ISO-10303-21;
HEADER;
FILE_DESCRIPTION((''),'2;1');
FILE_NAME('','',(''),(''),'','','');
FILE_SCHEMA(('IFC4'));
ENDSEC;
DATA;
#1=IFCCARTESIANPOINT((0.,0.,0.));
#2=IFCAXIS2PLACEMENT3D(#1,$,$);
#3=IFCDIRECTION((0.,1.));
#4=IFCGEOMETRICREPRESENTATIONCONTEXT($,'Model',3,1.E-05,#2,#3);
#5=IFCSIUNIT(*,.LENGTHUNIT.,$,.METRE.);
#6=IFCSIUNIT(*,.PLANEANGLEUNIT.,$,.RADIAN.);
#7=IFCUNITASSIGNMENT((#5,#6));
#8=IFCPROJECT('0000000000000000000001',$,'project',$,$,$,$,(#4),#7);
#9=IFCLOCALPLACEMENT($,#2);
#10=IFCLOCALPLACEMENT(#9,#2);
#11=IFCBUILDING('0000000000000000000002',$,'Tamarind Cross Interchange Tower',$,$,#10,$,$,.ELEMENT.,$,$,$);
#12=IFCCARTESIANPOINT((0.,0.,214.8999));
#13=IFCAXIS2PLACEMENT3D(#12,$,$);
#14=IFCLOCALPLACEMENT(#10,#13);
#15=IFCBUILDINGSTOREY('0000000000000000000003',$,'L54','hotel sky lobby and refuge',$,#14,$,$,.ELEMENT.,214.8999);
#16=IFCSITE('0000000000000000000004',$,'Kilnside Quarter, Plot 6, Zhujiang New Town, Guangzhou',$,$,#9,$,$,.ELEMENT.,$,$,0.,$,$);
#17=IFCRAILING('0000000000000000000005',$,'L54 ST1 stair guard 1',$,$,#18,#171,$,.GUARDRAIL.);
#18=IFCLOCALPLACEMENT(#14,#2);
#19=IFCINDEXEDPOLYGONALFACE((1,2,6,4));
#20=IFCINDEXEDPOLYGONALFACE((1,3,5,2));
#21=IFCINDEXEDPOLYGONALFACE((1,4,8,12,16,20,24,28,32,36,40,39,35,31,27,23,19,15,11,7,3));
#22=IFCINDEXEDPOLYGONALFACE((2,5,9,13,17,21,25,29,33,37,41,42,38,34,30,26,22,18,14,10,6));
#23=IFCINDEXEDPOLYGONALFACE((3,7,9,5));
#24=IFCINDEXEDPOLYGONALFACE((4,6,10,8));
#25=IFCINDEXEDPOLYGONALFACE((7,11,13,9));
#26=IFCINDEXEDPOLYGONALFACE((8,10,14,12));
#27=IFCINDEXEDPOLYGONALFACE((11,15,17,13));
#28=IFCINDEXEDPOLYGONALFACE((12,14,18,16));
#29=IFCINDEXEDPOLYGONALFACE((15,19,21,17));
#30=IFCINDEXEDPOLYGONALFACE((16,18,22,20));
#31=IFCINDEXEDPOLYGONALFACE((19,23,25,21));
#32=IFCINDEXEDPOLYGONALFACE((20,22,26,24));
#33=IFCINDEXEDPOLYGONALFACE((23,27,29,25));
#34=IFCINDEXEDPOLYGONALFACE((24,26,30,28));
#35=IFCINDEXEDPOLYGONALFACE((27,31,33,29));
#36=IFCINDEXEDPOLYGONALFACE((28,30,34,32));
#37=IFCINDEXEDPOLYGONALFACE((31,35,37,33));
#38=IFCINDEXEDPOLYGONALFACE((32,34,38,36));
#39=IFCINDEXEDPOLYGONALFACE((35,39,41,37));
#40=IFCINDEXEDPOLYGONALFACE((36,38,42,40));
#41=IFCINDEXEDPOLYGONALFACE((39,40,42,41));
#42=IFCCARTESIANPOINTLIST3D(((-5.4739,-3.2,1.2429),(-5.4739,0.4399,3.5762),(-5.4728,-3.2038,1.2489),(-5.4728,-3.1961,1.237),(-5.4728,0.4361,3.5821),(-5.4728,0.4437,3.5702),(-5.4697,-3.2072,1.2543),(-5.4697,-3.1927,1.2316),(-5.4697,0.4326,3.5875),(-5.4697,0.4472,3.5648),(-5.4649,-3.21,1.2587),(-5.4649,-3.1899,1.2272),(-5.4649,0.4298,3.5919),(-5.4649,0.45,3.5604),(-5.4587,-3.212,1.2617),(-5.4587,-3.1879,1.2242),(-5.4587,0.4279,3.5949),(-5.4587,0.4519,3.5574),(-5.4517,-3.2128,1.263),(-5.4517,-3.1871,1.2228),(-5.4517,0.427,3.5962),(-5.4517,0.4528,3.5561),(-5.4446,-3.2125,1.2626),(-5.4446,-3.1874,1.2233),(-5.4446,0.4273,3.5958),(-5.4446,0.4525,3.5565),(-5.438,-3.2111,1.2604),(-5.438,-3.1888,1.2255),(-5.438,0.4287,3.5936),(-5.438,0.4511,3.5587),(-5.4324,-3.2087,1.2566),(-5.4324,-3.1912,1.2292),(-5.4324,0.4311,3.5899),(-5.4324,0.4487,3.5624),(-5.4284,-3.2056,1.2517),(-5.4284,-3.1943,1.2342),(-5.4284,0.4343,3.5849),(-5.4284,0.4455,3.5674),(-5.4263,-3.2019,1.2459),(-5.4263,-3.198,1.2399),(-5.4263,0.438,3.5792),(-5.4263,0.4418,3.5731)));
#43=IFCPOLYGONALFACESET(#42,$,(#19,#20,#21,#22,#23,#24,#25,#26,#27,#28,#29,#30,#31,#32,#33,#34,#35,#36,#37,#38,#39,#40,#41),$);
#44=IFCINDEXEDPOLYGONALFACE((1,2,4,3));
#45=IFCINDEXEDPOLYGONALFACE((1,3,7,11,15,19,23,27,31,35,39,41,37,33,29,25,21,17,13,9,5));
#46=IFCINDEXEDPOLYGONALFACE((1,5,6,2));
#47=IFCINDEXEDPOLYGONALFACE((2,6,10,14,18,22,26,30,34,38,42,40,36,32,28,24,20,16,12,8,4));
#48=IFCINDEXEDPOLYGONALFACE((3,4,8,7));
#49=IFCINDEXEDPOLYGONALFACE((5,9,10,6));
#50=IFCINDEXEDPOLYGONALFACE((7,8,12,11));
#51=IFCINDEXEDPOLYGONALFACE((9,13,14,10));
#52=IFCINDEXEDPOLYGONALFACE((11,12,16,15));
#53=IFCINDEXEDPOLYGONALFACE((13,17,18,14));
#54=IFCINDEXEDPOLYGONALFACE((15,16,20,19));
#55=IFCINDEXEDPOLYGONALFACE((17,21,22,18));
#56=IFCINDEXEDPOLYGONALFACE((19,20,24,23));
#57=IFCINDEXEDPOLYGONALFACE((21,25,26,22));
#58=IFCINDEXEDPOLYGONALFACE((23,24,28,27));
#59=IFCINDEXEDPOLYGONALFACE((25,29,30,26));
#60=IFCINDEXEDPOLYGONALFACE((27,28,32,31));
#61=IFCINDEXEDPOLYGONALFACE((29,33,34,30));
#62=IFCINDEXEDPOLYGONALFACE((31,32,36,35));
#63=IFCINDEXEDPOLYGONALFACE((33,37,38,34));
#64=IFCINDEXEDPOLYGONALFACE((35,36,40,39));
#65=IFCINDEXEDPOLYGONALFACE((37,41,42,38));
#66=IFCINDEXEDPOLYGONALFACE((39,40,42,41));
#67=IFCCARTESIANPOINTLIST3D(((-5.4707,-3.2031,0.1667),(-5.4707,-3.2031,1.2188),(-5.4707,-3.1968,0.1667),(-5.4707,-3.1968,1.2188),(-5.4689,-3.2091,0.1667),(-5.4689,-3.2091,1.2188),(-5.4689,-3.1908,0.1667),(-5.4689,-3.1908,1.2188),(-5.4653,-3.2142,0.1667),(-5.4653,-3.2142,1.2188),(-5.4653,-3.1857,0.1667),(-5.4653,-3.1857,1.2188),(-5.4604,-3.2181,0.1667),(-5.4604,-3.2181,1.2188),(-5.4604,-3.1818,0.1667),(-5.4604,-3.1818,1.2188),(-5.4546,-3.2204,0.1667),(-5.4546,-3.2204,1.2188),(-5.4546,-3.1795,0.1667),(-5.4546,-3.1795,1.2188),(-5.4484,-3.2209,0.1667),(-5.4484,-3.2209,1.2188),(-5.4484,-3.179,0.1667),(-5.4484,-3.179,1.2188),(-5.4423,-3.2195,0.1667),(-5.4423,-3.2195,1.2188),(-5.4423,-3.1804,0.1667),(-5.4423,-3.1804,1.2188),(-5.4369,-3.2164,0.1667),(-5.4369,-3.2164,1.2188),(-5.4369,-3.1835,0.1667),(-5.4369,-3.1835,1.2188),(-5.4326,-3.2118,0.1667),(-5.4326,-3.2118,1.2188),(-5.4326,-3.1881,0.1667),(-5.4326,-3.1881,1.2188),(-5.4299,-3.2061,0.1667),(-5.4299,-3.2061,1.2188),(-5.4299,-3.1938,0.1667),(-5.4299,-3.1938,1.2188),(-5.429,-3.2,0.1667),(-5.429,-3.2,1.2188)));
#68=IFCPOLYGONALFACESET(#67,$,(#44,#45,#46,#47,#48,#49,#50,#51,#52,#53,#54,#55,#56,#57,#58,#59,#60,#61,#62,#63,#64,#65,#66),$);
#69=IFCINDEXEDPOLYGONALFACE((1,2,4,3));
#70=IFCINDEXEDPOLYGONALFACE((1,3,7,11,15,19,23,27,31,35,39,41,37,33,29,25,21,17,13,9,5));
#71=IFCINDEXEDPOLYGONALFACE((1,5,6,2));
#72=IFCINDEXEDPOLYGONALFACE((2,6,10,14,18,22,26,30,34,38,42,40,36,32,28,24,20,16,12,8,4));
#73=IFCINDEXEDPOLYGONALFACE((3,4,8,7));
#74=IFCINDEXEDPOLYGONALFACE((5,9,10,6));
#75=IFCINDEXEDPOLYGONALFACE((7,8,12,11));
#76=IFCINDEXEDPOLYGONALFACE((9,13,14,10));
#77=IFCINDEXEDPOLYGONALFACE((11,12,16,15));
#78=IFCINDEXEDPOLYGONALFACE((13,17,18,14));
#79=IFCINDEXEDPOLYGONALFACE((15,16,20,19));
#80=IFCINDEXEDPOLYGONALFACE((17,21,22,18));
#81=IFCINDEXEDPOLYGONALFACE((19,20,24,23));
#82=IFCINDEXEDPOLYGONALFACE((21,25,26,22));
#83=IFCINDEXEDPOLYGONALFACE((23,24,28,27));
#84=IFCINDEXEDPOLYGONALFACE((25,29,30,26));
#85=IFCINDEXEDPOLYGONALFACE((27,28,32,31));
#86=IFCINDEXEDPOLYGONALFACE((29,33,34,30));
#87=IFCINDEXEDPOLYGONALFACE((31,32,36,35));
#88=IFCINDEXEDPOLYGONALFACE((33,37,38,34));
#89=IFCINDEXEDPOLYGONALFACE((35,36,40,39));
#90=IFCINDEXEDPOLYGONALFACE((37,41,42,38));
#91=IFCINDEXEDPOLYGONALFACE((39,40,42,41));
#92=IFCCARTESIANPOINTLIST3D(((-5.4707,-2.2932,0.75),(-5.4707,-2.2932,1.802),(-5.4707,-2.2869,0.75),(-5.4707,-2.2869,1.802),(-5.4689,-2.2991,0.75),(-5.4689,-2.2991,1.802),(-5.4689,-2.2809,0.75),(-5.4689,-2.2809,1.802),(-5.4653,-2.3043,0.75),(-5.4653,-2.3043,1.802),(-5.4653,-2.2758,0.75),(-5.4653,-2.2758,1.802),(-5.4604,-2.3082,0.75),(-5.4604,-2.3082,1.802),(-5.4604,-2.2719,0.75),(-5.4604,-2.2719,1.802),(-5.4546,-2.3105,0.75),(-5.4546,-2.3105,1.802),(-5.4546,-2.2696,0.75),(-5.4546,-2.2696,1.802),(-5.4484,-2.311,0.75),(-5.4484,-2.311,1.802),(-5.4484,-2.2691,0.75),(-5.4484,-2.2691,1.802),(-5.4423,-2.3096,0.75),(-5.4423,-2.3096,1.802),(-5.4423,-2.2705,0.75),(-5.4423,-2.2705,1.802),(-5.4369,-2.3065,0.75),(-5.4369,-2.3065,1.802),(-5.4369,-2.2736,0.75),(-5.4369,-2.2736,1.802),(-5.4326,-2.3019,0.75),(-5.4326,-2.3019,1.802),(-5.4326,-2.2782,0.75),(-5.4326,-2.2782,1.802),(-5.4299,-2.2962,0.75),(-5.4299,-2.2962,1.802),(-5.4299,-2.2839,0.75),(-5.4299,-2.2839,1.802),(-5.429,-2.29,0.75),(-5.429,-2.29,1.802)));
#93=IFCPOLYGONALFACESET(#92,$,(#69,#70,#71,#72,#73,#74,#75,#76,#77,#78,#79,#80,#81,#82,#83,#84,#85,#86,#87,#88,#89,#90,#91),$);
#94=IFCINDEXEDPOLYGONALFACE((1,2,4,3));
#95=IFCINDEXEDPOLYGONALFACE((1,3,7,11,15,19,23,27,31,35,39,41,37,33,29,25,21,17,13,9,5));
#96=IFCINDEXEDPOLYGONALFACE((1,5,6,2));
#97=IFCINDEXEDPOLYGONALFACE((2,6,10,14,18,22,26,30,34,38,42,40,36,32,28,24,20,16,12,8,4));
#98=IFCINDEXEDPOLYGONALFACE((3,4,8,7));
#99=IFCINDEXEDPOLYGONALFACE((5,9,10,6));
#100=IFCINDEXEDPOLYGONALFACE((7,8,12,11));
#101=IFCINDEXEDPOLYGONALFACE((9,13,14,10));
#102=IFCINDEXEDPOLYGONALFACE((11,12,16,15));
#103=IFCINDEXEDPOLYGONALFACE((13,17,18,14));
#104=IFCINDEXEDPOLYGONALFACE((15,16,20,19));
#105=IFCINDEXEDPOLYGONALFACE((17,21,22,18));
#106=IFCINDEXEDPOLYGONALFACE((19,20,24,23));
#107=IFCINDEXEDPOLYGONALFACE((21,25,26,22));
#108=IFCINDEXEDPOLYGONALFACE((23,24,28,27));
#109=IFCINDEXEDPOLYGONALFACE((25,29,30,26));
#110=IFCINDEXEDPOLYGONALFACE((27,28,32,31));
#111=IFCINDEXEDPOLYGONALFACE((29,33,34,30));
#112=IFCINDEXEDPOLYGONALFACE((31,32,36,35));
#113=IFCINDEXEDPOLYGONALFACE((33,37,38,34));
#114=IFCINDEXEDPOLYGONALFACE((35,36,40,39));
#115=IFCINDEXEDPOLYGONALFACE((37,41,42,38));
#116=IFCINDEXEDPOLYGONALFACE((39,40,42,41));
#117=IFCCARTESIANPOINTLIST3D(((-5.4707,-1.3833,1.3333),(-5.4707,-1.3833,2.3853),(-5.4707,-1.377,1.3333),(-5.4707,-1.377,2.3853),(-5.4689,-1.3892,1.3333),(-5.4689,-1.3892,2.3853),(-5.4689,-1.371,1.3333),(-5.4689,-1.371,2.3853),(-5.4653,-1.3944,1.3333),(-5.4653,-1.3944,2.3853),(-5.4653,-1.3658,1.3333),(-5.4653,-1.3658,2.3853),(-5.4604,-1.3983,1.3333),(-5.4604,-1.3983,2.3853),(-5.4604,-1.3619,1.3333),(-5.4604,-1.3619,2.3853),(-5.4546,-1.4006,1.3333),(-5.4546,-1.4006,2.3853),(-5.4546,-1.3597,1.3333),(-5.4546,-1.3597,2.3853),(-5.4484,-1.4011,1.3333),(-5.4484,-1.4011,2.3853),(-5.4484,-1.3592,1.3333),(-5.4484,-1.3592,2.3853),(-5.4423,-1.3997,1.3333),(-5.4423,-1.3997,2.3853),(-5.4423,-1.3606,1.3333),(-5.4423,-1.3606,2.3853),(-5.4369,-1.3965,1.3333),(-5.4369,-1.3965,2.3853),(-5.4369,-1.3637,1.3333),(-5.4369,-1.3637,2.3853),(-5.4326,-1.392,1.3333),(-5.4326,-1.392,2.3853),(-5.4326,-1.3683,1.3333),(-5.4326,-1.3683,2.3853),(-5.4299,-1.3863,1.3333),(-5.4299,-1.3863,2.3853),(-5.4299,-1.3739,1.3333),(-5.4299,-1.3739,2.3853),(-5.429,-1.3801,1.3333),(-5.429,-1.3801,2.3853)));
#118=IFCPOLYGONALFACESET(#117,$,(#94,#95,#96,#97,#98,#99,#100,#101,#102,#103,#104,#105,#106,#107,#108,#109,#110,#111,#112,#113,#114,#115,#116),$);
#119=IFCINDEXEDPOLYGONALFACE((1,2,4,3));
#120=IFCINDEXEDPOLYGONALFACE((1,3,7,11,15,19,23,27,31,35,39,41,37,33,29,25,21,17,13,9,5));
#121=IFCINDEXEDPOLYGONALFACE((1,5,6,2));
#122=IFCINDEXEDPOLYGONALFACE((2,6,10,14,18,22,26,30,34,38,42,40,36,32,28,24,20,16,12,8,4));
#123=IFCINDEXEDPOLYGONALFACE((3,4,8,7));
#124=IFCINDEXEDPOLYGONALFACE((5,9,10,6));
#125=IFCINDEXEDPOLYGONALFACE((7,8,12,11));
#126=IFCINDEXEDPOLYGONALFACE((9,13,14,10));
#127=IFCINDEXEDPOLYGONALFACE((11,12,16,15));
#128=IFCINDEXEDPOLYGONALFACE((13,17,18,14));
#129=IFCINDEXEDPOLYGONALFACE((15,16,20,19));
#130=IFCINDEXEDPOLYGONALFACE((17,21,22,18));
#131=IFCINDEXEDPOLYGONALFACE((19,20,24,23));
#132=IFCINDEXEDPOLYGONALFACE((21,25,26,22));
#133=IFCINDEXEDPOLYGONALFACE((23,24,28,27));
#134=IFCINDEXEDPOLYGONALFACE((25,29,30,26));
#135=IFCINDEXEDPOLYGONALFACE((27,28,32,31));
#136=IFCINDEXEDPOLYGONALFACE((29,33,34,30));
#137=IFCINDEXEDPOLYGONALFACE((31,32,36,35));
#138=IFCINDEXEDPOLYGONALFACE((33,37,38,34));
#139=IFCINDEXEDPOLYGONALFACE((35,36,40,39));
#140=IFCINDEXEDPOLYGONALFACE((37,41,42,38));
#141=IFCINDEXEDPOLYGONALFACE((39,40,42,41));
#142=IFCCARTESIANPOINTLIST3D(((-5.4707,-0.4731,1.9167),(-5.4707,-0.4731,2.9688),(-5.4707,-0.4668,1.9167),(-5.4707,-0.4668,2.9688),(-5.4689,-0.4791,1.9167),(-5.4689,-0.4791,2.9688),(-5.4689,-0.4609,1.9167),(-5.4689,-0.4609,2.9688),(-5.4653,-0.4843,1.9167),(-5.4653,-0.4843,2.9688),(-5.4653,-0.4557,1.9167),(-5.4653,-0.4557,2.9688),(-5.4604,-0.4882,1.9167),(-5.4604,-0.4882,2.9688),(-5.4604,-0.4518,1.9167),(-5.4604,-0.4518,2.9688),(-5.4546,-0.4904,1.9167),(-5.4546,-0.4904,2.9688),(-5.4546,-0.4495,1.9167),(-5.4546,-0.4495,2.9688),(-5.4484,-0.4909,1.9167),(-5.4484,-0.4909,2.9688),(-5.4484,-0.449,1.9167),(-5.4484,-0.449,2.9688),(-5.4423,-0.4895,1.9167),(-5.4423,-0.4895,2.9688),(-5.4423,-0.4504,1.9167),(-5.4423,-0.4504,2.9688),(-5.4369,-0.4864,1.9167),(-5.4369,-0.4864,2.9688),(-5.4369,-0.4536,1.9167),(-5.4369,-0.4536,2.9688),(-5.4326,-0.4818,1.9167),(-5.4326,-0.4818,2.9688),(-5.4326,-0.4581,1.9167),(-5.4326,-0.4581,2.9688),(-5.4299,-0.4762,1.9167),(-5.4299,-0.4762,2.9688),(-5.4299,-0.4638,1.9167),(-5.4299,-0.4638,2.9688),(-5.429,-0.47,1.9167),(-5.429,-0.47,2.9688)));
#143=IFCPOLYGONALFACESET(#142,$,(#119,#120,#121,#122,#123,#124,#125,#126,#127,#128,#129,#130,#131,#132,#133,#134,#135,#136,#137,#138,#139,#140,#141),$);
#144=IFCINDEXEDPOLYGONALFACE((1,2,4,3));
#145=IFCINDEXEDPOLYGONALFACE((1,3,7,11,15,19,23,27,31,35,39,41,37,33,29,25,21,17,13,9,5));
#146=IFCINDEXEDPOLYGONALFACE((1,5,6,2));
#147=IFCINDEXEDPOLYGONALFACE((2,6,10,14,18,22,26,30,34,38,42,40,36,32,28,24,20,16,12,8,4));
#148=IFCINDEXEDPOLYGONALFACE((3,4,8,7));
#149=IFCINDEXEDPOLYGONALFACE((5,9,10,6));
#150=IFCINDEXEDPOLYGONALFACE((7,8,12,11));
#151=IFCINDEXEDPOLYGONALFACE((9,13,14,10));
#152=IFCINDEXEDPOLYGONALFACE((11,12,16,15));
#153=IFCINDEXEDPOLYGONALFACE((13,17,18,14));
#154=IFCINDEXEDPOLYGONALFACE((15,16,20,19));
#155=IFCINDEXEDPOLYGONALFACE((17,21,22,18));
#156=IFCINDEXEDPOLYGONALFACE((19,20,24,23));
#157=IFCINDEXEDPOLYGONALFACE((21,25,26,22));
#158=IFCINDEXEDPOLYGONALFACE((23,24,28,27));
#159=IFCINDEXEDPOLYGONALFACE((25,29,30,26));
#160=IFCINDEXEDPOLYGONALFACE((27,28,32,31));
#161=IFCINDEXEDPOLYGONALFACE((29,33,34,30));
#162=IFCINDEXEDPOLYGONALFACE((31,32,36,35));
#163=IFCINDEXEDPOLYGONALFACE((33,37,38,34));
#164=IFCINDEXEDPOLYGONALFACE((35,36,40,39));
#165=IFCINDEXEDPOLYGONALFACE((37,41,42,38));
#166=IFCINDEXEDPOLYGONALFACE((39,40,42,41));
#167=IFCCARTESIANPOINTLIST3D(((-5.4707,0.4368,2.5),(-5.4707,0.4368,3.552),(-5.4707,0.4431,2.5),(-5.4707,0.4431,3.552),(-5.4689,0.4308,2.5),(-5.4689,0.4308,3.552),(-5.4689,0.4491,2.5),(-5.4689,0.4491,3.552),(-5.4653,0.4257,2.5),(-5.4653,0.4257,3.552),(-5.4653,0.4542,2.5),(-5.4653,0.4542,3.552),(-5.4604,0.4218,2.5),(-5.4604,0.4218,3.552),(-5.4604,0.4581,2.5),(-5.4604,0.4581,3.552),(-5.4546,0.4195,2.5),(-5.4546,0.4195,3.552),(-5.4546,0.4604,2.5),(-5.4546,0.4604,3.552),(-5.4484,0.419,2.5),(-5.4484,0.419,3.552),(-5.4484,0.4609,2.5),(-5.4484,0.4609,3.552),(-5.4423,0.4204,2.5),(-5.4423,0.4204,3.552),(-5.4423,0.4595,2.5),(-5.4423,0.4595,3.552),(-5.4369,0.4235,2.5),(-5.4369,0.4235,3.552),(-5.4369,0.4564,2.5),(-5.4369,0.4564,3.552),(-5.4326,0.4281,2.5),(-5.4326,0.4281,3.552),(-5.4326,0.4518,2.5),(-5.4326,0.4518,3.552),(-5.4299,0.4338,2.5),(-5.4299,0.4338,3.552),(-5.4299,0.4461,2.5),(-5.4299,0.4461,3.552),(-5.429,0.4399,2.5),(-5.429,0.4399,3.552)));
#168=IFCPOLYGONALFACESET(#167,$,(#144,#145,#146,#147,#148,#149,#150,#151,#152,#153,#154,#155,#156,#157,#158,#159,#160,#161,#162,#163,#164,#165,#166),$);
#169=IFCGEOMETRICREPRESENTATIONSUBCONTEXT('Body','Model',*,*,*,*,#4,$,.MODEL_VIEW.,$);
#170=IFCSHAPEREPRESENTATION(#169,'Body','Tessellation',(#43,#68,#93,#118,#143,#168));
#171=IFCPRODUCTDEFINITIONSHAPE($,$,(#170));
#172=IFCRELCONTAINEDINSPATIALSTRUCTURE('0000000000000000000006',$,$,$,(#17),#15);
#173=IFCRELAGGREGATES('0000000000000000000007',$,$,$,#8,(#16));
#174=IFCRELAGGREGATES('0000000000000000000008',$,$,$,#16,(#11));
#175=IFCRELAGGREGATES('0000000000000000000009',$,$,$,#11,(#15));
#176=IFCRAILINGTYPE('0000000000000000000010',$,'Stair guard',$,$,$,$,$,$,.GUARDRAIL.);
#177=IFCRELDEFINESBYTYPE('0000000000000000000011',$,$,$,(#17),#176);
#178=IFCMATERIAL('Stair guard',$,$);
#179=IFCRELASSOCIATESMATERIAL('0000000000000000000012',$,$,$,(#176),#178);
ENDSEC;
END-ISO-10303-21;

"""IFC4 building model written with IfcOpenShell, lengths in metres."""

from ifc_helpers import new_model, si_unit, direction, frame, origin, origin_2d, place, context, subcontext, project, spatial, circle, extrude, material, type_object, element, save


model = new_model("IFC4")

# Units and contexts
model_context = context("Model", 3, precision=1e-05, world=origin(), true_north=direction((0.0, 1.0)))
body_context = subcontext(model_context, "Body", "Model", "MODEL_VIEW")
ifc_project = project(units=[si_unit("LENGTHUNIT", "METRE"), si_unit("PLANEANGLEUNIT", "RADIAN")], contexts=[model_context])

# Site, building, storey
site_placement = place(None, origin())
site = spatial("IfcSite", under=ifc_project, at=site_placement, Name="Kilnside Quarter, Plot 6, Zhujiang New Town, Guangzhou", CompositionType="ELEMENT", RefElevation=0.0)
building_placement = place(site_placement, origin())
building = spatial("IfcBuilding", under=site, at=building_placement, Name="Tamarind Cross Interchange Tower", CompositionType="ELEMENT")
storey_placement = place(building_placement, frame((0.0, 0.0, 214.8999)))
storey = spatial("IfcBuildingStorey", under=building, at=storey_placement, Name="L54", Description="hotel sky lobby and refuge", CompositionType="ELEMENT", Elevation=214.8999)

# Railing
ifc_material_1 = material(Name="Stair guard")
railing_type_1 = type_object("IfcRailingType", Name="Stair guard", PredefinedType="GUARDRAIL", material=ifc_material_1)
railing_1_placement = place(storey_placement, frame((-5.45, -3.2, 0.1667)))
element("IfcRailing", 1, at=railing_1_placement, inside=storey, type_object=railing_type_1, Name="L54 ST1 stair guard 1", PredefinedType="GUARDRAIL", context=body_context, shape_type="SweptSolid", body=[
    extrude(circle(Radius=0.0239, at=origin_2d()), frame((0.0, 0.0, 1.0762), z_axis=(0.0, 0.84188, 0.539664), x_axis=(-1.0, 0.0, 0.0)), (0.0, 0.0, 1.0), 4.3235),
    extrude(circle(Radius=0.021, at=origin_2d()), origin(), (0.0, 0.0, 1.0), 1.052),
    extrude(circle(Radius=0.021, at=origin_2d()), frame((0.0, 0.9099, 0.5833)), (0.0, 0.0, 1.0), 1.052),
    extrude(circle(Radius=0.021, at=origin_2d()), frame((0.0, 1.8198, 1.1665)), (0.0, 0.0, 1.0), 1.052),
    extrude(circle(Radius=0.021, at=origin_2d()), frame((0.0, 2.73, 1.75)), (0.0, 0.0, 1.0), 1.052),
    extrude(circle(Radius=0.021, at=origin_2d()), frame((0.0, 3.6399, 2.3333)), (0.0, 0.0, 1.0), 1.052),
])

save(model, "model.ifc")
